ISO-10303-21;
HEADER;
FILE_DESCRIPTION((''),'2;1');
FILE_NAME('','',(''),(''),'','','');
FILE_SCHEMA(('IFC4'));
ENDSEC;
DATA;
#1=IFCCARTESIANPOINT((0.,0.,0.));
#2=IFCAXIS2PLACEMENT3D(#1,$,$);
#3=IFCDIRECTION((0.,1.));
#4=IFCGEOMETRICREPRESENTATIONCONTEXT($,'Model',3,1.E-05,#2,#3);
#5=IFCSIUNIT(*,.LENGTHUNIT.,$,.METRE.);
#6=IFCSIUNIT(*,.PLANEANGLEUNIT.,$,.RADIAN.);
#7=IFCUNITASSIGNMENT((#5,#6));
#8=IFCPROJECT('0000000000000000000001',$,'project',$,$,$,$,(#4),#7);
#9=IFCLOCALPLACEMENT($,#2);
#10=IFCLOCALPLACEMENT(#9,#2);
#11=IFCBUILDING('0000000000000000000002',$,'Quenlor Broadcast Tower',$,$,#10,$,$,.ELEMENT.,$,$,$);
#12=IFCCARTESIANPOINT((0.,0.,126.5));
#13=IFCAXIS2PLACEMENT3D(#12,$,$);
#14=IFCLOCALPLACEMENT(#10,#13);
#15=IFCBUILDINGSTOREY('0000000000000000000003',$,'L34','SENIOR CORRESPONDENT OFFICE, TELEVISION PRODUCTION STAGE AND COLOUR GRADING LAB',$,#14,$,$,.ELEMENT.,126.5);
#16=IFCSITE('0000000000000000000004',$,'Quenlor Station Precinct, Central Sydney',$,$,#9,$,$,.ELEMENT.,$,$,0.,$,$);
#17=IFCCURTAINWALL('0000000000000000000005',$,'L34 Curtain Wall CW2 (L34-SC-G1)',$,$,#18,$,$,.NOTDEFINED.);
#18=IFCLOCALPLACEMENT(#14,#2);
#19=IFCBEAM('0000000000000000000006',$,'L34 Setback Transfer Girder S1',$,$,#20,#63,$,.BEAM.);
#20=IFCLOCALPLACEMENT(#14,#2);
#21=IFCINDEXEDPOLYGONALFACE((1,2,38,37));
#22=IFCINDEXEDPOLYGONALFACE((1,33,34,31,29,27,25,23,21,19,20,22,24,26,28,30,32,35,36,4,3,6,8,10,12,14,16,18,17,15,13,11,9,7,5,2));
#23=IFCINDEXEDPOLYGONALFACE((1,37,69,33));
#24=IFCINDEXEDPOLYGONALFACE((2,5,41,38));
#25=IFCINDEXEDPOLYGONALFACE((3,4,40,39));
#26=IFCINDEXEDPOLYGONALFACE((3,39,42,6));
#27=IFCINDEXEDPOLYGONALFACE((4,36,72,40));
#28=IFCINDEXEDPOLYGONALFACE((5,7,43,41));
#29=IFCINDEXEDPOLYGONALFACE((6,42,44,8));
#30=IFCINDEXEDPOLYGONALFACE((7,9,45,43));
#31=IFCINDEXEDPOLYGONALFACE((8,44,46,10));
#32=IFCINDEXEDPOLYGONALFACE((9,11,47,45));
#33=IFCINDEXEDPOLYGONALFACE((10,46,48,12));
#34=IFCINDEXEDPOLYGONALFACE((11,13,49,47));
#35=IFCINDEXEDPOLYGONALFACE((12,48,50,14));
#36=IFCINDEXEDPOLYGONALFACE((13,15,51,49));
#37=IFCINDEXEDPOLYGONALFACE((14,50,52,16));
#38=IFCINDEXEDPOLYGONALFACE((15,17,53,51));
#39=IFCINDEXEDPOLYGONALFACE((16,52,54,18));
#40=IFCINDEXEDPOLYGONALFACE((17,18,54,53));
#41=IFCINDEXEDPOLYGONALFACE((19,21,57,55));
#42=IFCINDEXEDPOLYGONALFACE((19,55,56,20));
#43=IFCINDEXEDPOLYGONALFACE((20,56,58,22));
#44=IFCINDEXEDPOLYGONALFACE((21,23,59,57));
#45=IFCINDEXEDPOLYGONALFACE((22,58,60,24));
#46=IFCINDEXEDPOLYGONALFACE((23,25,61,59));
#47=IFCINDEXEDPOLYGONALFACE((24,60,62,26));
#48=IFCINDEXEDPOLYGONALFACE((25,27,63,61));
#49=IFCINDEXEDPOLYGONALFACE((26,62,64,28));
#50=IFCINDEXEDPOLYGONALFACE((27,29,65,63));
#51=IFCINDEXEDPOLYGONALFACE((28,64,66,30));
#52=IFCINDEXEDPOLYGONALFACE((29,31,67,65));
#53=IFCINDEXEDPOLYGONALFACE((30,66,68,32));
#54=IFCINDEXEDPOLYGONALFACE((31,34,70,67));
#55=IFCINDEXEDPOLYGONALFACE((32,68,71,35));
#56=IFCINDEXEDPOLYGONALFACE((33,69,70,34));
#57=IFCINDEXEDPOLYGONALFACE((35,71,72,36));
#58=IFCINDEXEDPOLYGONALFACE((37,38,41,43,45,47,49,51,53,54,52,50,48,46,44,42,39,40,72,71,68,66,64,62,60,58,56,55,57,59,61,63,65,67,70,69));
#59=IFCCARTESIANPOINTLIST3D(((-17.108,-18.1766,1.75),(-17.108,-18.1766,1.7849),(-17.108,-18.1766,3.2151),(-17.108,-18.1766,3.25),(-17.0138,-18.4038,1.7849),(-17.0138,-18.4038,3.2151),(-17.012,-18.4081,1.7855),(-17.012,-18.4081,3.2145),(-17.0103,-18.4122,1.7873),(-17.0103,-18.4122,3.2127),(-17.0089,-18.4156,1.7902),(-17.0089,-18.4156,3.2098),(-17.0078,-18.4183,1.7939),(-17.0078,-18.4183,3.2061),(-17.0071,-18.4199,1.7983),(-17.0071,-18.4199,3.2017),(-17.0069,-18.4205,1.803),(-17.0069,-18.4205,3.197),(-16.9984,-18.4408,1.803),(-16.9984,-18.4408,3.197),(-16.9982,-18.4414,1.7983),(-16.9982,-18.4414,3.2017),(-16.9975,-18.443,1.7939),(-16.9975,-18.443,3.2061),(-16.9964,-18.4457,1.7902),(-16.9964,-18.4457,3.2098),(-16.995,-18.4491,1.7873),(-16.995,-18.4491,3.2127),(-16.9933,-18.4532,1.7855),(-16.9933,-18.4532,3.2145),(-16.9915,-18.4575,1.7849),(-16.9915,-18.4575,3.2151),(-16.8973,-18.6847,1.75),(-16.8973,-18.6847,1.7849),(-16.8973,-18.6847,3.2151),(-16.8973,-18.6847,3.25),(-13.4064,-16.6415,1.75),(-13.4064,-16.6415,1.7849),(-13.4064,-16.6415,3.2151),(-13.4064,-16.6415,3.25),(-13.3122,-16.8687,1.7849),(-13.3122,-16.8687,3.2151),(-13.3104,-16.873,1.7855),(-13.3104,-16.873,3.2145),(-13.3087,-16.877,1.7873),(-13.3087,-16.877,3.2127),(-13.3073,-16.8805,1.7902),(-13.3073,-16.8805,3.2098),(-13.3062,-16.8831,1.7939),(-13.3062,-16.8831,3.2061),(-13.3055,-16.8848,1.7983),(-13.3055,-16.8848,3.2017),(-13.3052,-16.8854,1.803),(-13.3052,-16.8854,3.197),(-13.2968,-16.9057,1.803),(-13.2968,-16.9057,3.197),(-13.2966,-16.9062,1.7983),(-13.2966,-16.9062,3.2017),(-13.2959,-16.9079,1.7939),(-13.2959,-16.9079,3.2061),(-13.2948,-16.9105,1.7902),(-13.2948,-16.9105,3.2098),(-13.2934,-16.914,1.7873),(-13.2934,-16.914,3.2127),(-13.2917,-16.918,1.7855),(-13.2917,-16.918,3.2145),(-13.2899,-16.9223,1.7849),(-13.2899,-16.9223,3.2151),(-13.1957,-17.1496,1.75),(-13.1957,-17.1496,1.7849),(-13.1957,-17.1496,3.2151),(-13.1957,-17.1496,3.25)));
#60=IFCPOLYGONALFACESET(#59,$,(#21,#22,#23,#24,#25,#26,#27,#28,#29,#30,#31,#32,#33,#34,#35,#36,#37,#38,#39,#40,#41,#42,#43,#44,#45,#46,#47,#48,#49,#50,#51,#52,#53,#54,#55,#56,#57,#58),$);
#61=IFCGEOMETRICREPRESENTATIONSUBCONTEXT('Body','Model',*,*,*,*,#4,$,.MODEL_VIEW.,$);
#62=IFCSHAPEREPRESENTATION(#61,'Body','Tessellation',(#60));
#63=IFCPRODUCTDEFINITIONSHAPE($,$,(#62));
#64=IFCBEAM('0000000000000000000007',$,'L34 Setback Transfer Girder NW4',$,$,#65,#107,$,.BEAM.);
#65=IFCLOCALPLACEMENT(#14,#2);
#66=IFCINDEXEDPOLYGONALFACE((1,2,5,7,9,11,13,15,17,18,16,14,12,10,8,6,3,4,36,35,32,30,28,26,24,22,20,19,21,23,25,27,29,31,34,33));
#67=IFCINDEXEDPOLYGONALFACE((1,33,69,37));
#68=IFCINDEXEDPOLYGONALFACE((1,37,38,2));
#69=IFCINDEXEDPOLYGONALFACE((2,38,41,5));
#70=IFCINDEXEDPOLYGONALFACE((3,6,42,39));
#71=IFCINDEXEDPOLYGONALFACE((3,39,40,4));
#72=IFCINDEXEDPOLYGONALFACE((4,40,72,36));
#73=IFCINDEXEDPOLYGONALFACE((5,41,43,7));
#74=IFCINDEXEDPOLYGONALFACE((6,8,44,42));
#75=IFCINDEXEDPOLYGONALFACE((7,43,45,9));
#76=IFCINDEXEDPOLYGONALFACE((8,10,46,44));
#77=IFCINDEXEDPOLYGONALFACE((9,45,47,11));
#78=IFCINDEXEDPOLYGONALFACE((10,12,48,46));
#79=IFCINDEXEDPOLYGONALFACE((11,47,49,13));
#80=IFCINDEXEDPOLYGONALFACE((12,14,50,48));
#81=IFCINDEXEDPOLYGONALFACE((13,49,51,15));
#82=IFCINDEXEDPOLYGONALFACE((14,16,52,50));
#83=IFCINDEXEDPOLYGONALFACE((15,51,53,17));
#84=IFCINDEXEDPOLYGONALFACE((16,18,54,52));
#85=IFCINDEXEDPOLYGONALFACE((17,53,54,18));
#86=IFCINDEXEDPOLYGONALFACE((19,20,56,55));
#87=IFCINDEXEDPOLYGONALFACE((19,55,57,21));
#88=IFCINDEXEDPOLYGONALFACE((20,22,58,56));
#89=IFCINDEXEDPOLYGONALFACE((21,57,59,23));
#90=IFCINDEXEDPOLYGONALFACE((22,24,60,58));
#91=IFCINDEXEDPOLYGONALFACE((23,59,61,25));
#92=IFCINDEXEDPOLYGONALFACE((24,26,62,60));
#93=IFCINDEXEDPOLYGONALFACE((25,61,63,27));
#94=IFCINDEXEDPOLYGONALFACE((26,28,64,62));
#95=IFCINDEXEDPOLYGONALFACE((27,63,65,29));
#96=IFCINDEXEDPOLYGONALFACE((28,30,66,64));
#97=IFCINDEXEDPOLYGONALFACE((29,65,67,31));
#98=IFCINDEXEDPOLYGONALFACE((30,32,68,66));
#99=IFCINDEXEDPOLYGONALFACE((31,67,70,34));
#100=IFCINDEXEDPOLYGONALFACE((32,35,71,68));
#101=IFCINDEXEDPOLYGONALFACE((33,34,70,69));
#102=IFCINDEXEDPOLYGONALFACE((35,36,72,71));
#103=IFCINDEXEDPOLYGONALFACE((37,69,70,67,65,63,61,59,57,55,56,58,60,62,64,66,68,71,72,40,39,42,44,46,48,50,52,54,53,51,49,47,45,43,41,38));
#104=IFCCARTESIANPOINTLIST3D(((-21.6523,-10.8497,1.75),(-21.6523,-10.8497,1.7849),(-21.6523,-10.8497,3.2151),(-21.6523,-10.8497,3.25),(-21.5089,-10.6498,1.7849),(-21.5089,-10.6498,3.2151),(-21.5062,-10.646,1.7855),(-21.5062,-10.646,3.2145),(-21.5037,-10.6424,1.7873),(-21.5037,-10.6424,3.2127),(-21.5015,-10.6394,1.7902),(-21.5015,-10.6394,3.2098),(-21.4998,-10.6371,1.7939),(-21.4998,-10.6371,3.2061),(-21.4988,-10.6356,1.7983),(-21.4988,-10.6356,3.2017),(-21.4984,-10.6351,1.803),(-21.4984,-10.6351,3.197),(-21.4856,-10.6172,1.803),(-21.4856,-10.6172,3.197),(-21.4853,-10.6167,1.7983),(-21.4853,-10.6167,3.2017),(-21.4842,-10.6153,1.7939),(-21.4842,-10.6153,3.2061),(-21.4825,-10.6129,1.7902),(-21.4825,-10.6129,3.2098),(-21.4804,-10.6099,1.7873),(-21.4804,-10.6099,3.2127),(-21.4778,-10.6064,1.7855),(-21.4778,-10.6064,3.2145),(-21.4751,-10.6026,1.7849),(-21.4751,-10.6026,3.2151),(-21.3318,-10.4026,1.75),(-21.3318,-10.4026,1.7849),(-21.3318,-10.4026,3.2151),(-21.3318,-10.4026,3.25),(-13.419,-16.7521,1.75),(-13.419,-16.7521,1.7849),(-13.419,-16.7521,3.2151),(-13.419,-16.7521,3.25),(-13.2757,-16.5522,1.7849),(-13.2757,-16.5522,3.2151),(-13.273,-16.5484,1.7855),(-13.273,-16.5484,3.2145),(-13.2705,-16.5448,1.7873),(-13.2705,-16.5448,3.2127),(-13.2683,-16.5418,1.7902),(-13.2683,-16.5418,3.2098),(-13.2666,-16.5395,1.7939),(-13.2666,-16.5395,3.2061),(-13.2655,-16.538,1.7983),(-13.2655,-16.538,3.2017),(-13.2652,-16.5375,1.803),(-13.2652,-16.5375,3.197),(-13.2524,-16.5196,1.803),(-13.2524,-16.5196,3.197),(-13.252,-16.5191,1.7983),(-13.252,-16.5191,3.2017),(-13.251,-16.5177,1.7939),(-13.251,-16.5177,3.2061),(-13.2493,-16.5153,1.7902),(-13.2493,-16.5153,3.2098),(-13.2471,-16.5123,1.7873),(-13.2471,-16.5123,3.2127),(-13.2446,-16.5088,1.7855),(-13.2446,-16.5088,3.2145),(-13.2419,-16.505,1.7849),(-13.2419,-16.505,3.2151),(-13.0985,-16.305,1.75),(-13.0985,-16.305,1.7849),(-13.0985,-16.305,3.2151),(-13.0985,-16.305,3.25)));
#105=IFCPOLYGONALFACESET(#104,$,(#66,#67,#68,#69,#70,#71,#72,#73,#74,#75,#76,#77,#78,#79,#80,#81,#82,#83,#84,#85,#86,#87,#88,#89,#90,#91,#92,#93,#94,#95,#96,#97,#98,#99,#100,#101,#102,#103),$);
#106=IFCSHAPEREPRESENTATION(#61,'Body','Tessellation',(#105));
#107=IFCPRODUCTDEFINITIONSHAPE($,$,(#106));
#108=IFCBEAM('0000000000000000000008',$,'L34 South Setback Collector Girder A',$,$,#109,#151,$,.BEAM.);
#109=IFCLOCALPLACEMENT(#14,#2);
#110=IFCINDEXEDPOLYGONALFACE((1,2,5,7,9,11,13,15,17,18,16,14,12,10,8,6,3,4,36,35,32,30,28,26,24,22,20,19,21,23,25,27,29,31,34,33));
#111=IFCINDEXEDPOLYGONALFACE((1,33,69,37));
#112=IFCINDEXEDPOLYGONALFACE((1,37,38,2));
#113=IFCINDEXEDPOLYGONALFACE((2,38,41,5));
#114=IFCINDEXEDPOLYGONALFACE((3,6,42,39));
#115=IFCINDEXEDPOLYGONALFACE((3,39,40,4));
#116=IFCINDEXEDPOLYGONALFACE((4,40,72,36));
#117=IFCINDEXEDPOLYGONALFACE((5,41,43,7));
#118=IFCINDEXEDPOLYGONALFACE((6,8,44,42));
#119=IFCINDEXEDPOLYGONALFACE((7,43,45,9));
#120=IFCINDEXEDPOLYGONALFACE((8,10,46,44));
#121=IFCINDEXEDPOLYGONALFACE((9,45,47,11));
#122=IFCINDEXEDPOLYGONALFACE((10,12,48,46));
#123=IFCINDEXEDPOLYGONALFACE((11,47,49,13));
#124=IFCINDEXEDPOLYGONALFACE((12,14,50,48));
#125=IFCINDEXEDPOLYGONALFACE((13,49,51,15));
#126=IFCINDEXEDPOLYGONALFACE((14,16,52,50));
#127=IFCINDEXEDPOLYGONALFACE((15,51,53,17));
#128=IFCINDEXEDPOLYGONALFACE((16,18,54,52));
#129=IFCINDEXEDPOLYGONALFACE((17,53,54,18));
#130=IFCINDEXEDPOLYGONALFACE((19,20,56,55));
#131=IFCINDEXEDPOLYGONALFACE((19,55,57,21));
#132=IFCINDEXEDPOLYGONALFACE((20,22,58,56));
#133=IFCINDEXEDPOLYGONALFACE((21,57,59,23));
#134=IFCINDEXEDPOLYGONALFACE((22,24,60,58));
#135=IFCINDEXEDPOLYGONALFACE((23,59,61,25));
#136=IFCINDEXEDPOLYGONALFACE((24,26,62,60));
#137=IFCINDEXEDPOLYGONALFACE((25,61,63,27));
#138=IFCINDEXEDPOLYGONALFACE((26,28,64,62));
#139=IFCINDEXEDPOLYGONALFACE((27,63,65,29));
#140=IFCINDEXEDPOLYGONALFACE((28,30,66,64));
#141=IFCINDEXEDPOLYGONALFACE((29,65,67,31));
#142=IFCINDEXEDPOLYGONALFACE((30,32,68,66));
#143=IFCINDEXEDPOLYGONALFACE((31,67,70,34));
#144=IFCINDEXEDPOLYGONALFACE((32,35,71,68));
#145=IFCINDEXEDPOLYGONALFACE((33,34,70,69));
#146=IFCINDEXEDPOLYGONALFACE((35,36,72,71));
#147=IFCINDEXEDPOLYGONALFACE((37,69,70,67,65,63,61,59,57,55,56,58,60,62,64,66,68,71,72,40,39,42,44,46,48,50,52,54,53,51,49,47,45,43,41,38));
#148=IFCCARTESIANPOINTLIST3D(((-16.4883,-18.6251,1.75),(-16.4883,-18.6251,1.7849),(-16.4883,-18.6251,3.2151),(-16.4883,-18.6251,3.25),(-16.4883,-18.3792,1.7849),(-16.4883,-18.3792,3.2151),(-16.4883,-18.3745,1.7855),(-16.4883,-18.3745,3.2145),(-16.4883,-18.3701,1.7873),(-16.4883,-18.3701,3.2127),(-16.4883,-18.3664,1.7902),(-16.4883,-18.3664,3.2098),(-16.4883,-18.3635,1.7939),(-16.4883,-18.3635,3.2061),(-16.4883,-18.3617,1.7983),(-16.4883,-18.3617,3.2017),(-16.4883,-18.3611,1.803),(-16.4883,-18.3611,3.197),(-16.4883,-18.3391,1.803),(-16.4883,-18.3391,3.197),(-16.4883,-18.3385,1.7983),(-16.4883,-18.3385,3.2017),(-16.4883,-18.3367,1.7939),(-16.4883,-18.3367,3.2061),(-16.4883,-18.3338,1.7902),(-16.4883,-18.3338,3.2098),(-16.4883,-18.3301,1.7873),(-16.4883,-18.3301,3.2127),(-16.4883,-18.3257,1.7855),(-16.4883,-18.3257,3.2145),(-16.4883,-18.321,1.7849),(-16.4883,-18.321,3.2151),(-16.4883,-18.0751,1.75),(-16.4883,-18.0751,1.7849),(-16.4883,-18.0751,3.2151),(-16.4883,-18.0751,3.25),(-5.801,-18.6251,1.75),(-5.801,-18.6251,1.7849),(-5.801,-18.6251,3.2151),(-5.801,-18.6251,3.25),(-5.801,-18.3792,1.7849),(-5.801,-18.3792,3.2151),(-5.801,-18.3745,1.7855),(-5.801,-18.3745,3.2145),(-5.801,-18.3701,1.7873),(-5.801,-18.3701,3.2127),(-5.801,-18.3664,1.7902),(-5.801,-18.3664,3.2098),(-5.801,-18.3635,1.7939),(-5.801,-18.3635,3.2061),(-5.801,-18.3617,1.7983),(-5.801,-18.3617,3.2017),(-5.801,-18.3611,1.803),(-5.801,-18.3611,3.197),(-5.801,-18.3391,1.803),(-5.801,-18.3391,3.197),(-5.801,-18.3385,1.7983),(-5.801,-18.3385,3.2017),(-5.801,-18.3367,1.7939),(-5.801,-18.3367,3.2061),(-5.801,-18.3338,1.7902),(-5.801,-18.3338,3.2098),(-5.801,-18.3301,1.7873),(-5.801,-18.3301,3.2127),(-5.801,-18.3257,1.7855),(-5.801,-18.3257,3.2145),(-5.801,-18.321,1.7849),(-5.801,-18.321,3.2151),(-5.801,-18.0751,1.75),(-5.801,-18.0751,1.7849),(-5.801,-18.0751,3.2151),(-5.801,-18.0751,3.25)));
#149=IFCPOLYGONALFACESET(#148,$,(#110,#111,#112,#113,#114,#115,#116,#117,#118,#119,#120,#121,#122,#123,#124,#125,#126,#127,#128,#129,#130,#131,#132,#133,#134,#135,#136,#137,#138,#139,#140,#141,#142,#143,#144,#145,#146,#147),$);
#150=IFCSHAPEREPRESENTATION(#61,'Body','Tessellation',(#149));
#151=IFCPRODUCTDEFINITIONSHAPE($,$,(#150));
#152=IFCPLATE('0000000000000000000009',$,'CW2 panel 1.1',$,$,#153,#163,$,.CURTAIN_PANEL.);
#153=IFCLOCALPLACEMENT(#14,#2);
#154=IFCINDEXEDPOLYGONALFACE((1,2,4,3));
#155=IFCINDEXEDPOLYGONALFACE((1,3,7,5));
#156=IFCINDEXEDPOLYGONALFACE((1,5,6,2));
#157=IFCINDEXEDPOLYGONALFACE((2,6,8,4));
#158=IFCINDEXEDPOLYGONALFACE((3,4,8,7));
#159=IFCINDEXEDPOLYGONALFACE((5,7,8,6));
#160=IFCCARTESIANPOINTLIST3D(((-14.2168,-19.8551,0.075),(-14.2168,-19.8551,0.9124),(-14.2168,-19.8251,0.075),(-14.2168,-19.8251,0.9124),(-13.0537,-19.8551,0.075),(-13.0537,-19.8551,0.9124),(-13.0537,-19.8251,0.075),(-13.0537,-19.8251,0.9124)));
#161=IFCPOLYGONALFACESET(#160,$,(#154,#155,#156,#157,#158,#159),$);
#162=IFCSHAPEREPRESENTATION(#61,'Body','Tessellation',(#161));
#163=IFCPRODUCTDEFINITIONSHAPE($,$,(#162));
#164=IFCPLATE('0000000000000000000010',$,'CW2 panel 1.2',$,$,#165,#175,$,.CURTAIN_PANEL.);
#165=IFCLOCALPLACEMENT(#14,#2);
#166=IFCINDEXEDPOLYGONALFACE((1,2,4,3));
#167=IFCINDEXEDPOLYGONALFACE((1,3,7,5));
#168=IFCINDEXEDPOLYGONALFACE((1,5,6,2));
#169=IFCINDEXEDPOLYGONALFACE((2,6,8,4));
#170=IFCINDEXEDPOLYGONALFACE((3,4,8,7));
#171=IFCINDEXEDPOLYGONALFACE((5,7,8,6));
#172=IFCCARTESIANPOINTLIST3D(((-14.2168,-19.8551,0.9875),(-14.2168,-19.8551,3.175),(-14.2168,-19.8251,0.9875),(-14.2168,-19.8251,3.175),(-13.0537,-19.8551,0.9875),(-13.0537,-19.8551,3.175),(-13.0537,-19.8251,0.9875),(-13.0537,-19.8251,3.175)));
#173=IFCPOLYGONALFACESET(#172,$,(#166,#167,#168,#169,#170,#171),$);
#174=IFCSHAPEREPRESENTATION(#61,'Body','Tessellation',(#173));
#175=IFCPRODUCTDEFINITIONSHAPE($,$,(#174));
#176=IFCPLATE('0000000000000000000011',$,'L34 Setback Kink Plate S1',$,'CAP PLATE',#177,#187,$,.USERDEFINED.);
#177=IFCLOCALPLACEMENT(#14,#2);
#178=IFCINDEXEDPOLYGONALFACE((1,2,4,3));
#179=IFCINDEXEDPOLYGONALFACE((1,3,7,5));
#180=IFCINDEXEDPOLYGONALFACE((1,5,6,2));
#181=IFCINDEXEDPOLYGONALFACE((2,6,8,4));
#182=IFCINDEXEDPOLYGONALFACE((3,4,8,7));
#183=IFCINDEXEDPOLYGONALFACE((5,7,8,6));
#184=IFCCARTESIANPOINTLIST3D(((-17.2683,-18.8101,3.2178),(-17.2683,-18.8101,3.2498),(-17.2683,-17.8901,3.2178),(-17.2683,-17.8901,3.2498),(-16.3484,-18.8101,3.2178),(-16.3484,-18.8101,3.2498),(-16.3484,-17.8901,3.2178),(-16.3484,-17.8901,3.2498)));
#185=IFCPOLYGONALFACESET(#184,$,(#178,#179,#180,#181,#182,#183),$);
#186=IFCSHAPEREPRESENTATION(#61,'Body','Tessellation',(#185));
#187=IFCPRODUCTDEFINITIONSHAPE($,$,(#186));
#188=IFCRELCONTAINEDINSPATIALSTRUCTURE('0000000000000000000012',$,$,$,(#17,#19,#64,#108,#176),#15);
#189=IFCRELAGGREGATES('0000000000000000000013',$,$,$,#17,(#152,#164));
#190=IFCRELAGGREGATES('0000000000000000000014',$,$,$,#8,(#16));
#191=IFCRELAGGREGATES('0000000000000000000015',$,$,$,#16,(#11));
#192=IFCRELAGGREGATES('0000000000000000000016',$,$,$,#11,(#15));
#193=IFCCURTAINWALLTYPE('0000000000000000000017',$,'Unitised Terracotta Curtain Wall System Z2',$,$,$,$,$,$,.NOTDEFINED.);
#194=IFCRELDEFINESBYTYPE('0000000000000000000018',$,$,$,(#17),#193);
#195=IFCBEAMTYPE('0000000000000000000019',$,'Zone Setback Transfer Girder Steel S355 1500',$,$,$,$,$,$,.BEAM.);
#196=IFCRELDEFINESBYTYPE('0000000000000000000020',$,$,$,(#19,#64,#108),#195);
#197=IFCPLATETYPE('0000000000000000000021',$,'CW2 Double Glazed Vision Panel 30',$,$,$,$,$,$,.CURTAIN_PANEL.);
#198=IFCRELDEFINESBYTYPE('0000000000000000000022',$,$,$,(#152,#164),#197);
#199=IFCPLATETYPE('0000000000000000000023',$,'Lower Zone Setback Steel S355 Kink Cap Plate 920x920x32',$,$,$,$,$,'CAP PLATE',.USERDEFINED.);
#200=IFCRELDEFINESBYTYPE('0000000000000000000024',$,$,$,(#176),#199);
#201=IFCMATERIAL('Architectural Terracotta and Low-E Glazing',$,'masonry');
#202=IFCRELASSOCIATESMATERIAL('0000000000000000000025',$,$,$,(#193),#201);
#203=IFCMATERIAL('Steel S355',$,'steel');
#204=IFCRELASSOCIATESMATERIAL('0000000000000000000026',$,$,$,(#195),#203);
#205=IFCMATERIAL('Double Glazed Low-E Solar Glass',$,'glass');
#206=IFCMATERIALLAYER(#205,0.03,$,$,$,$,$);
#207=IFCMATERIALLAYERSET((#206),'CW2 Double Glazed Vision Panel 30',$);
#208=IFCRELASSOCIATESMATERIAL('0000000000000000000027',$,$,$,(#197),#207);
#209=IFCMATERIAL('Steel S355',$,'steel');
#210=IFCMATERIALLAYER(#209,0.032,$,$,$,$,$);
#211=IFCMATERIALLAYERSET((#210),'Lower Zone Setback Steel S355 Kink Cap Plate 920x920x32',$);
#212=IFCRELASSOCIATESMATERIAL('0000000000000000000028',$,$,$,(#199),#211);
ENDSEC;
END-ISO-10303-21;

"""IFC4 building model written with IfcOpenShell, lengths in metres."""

from ifc_helpers import new_model, si_unit, direction, frame, origin, origin_2d, place, context, subcontext, project, spatial, rectangle, i_section, extrude, material, layer, layer_set, material_profile, profile_set, type_object, element, aggregate, save


model = new_model("IFC4")

# Units and contexts
model_context = context("Model", 3, precision=1e-05, world=origin(), true_north=direction((0.0, 1.0)))
body_context = subcontext(model_context, "Body", "Model", "MODEL_VIEW")
ifc_project = project(units=[si_unit("LENGTHUNIT", "METRE"), si_unit("PLANEANGLEUNIT", "RADIAN")], contexts=[model_context])

# Site, building, storey
site_placement = place(None, origin())
site = spatial("IfcSite", under=ifc_project, at=site_placement, Name="Quenlor Station Precinct, Central Sydney", CompositionType="ELEMENT", RefElevation=0.0)
building_placement = place(site_placement, origin())
building = spatial("IfcBuilding", under=site, at=building_placement, Name="Quenlor Broadcast Tower", CompositionType="ELEMENT")
storey_placement = place(building_placement, frame((0.0, 0.0, 126.5)))
storey = spatial("IfcBuildingStorey", under=building, at=storey_placement, Name="L34", Description="SENIOR CORRESPONDENT OFFICE, TELEVISION PRODUCTION STAGE AND COLOUR GRADING LAB", CompositionType="ELEMENT", Elevation=126.5)

# Curtain wall
ifc_material_1 = material(Name="Architectural Terracotta and Low-E Glazing", Category="masonry")
curtain_wall_type = type_object("IfcCurtainWallType", Name="Unitised Terracotta Curtain Wall System Z2", PredefinedType="NOTDEFINED", material=ifc_material_1)
curtain_wall_placement = place(storey_placement, origin())
curtain_wall = element("IfcCurtainWall", 1, at=curtain_wall_placement, inside=storey, type_object=curtain_wall_type, Name="L34 Curtain Wall CW2 (L34-SC-G1)", PredefinedType="NOTDEFINED")

# Beams
ifc_material_2 = material(Name="Steel S355", Category="steel")
ifc_material_profile_1 = material_profile(ifc_material_2, i_section(OverallWidth=0.55, OverallDepth=1.5, WebThickness=0.022, FlangeThickness=0.0349, FilletRadius=0.0181, at=origin_2d()))
ifc_profile_set_1 = profile_set([ifc_material_profile_1], Name="Steel S355 1500TG510")
beam_type_1 = type_object("IfcBeamType", Name="Zone Setback Transfer Girder Steel S355 1500", PredefinedType="BEAM", material=ifc_profile_set_1)
beam_1_placement = place(storey_placement, frame((-13.301, -16.8955, 2.5), z_axis=(-0.923714, -0.383083, 0.0), x_axis=(0.383083, -0.923714, 0.0)))
element("IfcBeam", 2, at=beam_1_placement, inside=storey, type_object=beam_type_1, Name="L34 Setback Transfer Girder S1", PredefinedType="BEAM", context=body_context, shape_type="SweptSolid", body=[
    extrude(i_section(OverallWidth=0.55, OverallDepth=1.5, WebThickness=0.022, FlangeThickness=0.0349, FilletRadius=0.0181, at=origin_2d()), origin(), (0.0, 0.0, 1.0), 4.0073),
])
beam_2_placement = place(storey_placement, frame((-13.2588, -16.5286, 2.5), z_axis=(-0.812728, 0.582644, 0.0), x_axis=(-0.582644, -0.812728, 0.0)))
element("IfcBeam", 3, at=beam_2_placement, inside=storey, type_object=beam_type_1, Name="L34 Setback Transfer Girder NW4", PredefinedType="BEAM", context=body_context, shape_type="SweptSolid", body=[
    extrude(i_section(OverallWidth=0.55, OverallDepth=1.5, WebThickness=0.022, FlangeThickness=0.0349, FilletRadius=0.0181, at=origin_2d()), origin(), (0.0, 0.0, 1.0), 10.1304),
])
beam_3_placement = place(storey_placement, frame((-16.4883, -18.3501, 2.5), z_axis=(1.0, 0.0, 0.0), x_axis=(0.0, 1.0, 0.0)))
element("IfcBeam", 4, at=beam_3_placement, inside=storey, type_object=beam_type_1, Name="L34 South Setback Collector Girder A", PredefinedType="BEAM", context=body_context, shape_type="SweptSolid", body=[
    extrude(i_section(OverallWidth=0.55, OverallDepth=1.5, WebThickness=0.022, FlangeThickness=0.0349, FilletRadius=0.0181, at=origin_2d()), origin(), (0.0, 0.0, 1.0), 10.6873),
])

# Plates
ifc_material_3 = material(Name="Double Glazed Low-E Solar Glass", Category="glass")
ifc_layer_1 = layer(ifc_material_3, 0.03)
ifc_layer_set_1 = layer_set([ifc_layer_1], Name="CW2 Double Glazed Vision Panel 30")
plate_type_1 = type_object("IfcPlateType", Name="CW2 Double Glazed Vision Panel 30", PredefinedType="CURTAIN_PANEL", material=ifc_layer_set_1)
plate_1_placement = place(storey_placement, frame((-13.6353, -19.8401, 0.075), z_axis=(0.0, 0.0, 1.0), x_axis=(-1.0, 0.0, 0.0)))
plate_1 = element("IfcPlate", 5, at=plate_1_placement, type_object=plate_type_1, Name="CW2 panel 1.1", PredefinedType="CURTAIN_PANEL", context=body_context, shape_type="SweptSolid", body=[
    extrude(rectangle(XDim=1.1631, YDim=0.03, at=origin_2d()), origin(), (0.0, 0.0, 1.0), 0.8374),
])
plate_2_placement = place(storey_placement, frame((-13.6353, -19.8401, 0.9875), z_axis=(0.0, 0.0, 1.0), x_axis=(-1.0, 0.0, 0.0)))
plate_2 = element("IfcPlate", 6, at=plate_2_placement, type_object=plate_type_1, Name="CW2 panel 1.2", PredefinedType="CURTAIN_PANEL", context=body_context, shape_type="SweptSolid", body=[
    extrude(rectangle(XDim=1.1631, YDim=0.03, at=origin_2d()), origin(), (0.0, 0.0, 1.0), 2.1875),
])
aggregate(curtain_wall, [plate_1, plate_2])

# Plate
ifc_material_4 = material(Name="Steel S355", Category="steel")
ifc_layer_2 = layer(ifc_material_4, 0.032)
ifc_layer_set_2 = layer_set([ifc_layer_2], Name="Lower Zone Setback Steel S355 Kink Cap Plate 920x920x32")
plate_type_2 = type_object("IfcPlateType", Name="Lower Zone Setback Steel S355 Kink Cap Plate 920x920x32", ElementType="CAP PLATE", PredefinedType="USERDEFINED", material=ifc_layer_set_2)
plate_3_placement = place(storey_placement, frame((-16.8083, -18.3501, 3.2178), z_axis=(0.0, 0.0, 1.0), x_axis=(0.0, 1.0, 0.0)))
element("IfcPlate", 7, at=plate_3_placement, inside=storey, type_object=plate_type_2, Name="L34 Setback Kink Plate S1", ObjectType="CAP PLATE", PredefinedType="USERDEFINED", context=body_context, shape_type="SweptSolid", body=[
    extrude(rectangle(XDim=0.9199, YDim=0.9199, at=origin_2d()), origin(), (0.0, 0.0, 1.0), 0.032),
])

save(model, "model.ifc")
